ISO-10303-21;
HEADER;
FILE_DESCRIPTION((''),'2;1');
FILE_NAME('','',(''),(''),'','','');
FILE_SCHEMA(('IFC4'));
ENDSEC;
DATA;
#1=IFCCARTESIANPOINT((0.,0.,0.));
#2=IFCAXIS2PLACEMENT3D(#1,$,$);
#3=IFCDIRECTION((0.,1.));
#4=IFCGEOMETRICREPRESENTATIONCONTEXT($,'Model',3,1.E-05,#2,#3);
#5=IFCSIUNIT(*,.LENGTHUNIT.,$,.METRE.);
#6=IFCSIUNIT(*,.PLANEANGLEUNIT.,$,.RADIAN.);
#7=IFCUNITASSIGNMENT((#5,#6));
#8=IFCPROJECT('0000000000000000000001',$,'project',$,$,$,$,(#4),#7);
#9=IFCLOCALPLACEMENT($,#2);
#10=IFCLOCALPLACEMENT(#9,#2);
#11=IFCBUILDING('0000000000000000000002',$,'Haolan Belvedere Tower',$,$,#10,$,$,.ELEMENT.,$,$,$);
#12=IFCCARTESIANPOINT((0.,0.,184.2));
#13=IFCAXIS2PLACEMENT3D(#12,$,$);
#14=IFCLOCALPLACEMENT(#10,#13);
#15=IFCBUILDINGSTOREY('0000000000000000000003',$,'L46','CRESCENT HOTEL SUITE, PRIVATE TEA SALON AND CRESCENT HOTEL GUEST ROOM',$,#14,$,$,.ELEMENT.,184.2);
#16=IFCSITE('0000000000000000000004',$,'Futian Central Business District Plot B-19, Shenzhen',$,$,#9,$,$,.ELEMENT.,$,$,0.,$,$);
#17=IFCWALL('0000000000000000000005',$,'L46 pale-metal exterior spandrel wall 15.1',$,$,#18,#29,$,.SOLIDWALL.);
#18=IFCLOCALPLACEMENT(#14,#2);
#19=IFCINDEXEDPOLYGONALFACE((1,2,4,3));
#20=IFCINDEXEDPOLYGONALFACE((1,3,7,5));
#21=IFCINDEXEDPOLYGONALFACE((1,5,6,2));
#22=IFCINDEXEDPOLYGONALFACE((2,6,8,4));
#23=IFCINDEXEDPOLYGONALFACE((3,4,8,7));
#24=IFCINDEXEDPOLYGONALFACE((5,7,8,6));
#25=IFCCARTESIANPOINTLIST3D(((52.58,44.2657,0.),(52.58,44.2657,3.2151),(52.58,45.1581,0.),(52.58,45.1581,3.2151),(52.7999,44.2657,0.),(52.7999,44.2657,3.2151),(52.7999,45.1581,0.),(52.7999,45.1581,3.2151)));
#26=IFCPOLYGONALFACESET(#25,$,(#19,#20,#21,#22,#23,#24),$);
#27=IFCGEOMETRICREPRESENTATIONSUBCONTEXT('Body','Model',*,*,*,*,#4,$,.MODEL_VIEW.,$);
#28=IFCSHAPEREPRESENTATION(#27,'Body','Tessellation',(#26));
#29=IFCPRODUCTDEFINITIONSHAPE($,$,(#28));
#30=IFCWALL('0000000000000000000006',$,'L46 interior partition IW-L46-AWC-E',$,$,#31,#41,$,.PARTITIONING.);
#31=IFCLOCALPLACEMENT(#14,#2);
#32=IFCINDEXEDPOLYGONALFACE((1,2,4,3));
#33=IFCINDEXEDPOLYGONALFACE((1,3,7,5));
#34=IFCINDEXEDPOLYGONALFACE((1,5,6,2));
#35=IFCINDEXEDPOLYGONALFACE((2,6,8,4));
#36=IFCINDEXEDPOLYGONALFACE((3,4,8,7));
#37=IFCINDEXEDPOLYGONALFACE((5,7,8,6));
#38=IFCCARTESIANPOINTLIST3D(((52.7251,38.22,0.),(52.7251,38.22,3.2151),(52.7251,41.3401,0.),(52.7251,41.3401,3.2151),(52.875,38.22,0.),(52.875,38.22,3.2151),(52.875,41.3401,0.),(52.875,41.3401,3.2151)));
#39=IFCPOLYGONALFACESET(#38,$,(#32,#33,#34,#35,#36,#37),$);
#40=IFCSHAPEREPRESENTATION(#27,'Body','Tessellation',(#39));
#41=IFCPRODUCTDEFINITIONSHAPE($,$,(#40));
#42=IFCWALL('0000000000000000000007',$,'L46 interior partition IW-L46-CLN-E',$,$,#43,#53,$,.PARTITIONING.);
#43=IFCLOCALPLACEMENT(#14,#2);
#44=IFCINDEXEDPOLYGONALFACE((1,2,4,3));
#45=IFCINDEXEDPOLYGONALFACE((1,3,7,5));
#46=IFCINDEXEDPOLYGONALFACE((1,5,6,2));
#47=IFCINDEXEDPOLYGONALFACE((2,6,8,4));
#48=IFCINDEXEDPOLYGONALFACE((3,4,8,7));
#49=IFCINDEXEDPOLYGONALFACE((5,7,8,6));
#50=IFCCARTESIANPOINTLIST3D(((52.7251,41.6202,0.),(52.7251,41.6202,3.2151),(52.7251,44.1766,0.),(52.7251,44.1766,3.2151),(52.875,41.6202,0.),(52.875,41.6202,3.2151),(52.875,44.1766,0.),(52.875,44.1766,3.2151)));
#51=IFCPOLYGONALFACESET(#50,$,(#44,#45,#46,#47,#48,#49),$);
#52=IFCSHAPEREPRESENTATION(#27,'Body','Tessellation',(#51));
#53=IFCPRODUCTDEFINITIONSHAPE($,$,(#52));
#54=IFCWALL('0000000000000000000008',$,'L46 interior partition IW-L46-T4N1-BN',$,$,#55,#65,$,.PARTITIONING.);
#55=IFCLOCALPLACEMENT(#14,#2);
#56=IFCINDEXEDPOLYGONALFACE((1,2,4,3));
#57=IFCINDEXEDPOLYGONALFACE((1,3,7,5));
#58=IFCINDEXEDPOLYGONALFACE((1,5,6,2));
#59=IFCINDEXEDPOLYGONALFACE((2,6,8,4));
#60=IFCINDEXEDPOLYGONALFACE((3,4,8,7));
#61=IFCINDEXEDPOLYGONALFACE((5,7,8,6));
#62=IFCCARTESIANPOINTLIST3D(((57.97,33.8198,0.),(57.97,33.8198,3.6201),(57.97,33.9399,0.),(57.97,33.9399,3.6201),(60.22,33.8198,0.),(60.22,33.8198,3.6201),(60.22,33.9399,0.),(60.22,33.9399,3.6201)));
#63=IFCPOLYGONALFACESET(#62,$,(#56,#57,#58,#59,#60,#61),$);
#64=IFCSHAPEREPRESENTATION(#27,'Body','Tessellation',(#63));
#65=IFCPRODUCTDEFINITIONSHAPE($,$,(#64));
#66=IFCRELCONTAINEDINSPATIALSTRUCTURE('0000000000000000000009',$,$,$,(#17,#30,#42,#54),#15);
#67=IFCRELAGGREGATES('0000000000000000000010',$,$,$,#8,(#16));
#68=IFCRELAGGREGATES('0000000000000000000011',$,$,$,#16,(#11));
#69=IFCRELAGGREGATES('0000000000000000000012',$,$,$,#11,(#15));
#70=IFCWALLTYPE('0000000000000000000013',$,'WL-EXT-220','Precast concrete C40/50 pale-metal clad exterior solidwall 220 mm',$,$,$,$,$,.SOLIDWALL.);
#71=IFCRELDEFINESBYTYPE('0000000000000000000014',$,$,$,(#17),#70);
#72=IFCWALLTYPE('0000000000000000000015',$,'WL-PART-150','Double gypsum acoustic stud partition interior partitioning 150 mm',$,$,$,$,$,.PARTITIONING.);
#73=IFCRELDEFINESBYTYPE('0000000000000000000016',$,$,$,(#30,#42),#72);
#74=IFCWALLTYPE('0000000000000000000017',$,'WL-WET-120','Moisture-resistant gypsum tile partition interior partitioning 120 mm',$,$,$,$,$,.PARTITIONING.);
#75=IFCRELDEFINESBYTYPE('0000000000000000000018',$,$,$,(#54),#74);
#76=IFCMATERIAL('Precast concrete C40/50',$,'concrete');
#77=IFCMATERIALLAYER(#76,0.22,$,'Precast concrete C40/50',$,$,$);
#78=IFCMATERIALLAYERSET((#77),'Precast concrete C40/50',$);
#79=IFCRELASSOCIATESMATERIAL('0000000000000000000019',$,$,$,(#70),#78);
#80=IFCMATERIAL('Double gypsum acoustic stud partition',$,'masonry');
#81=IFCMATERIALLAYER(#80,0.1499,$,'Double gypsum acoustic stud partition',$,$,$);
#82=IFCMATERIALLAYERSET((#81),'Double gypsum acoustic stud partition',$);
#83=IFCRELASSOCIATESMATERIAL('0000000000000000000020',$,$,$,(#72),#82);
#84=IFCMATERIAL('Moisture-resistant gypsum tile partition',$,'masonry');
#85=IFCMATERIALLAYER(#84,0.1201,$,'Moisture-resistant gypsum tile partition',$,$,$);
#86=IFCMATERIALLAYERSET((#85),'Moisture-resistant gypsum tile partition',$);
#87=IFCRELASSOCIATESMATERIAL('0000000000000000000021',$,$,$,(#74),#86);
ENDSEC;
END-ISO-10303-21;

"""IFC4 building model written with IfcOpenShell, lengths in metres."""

from ifc_helpers import new_model, si_unit, direction, frame, frame_2d, origin, place, context, subcontext, project, spatial, rectangle, extrude, material, layer, layer_set, type_object, element, save


model = new_model("IFC4")

# Units and contexts
model_context = context("Model", 3, precision=1e-05, world=origin(), true_north=direction((0.0, 1.0)))
body_context = subcontext(model_context, "Body", "Model", "MODEL_VIEW")
ifc_project = project(units=[si_unit("LENGTHUNIT", "METRE"), si_unit("PLANEANGLEUNIT", "RADIAN")], contexts=[model_context])

# Site, building, storey
site_placement = place(None, origin())
site = spatial("IfcSite", under=ifc_project, at=site_placement, Name="Futian Central Business District Plot B-19, Shenzhen", CompositionType="ELEMENT", RefElevation=0.0)
building_placement = place(site_placement, origin())
building = spatial("IfcBuilding", under=site, at=building_placement, Name="Haolan Belvedere Tower", CompositionType="ELEMENT")
storey_placement = place(building_placement, frame((0.0, 0.0, 184.2)))
storey = spatial("IfcBuildingStorey", under=building, at=storey_placement, Name="L46", Description="CRESCENT HOTEL SUITE, PRIVATE TEA SALON AND CRESCENT HOTEL GUEST ROOM", CompositionType="ELEMENT", Elevation=184.2)

# Shared definitions
ifc_material_1 = material(Name="Precast concrete C40/50", Category="concrete")
ifc_layer_1 = layer(ifc_material_1, 0.22, Name="Precast concrete C40/50")
ifc_layer_set_1 = layer_set([ifc_layer_1], Name="Precast concrete C40/50")
wall_type_1 = type_object("IfcWallType", Name="WL-EXT-220", Description="Precast concrete C40/50 pale-metal clad exterior solidwall 220 mm", PredefinedType="SOLIDWALL", material=ifc_layer_set_1)

# Walls
wall_1_placement = place(storey_placement, frame((52.6899, 44.2656, 0.0), z_axis=(0.0, 0.0, 1.0), x_axis=(0.0, 1.0, 0.0)))
element("IfcWall", 1, at=wall_1_placement, inside=storey, type_object=wall_type_1, Name="L46 pale-metal exterior spandrel wall 15.1", PredefinedType="SOLIDWALL", context=body_context, shape_type="SweptSolid", body=[
    extrude(rectangle(XDim=0.8923, YDim=0.22, at=frame_2d((0.4463, 0.0))), origin(), (0.0, 0.0, 1.0), 3.2151),
])
ifc_material_2 = material(Name="Double gypsum acoustic stud partition", Category="masonry")
ifc_layer_2 = layer(ifc_material_2, 0.1499, Name="Double gypsum acoustic stud partition")
ifc_layer_set_2 = layer_set([ifc_layer_2], Name="Double gypsum acoustic stud partition")
wall_type_2 = type_object("IfcWallType", Name="WL-PART-150", Description="Double gypsum acoustic stud partition interior partitioning 150 mm", PredefinedType="PARTITIONING", material=ifc_layer_set_2)
wall_2_placement = place(storey_placement, frame((52.8, 38.22, 0.0), z_axis=(0.0, 0.0, 1.0), x_axis=(0.0, 1.0, 0.0)))
element("IfcWall", 2, at=wall_2_placement, inside=storey, type_object=wall_type_2, Name="L46 interior partition IW-L46-AWC-E", PredefinedType="PARTITIONING", context=body_context, shape_type="SweptSolid", body=[
    extrude(rectangle(XDim=3.1201, YDim=0.1499, at=frame_2d((1.5601, 0.0))), origin(), (0.0, 0.0, 1.0), 3.2151),
])
wall_3_placement = place(storey_placement, frame((52.8, 41.6201, 0.0), z_axis=(0.0, 0.0, 1.0), x_axis=(0.0, 1.0, 0.0)))
element("IfcWall", 3, at=wall_3_placement, inside=storey, type_object=wall_type_2, Name="L46 interior partition IW-L46-CLN-E", PredefinedType="PARTITIONING", context=body_context, shape_type="SweptSolid", body=[
    extrude(rectangle(XDim=2.5564, YDim=0.1499, at=frame_2d((1.2783, 0.0))), origin(), (0.0, 0.0, 1.0), 3.2151),
])
ifc_material_3 = material(Name="Moisture-resistant gypsum tile partition", Category="masonry")
ifc_layer_3 = layer(ifc_material_3, 0.1201, Name="Moisture-resistant gypsum tile partition")
ifc_layer_set_3 = layer_set([ifc_layer_3], Name="Moisture-resistant gypsum tile partition")
wall_type_3 = type_object("IfcWallType", Name="WL-WET-120", Description="Moisture-resistant gypsum tile partition interior partitioning 120 mm", PredefinedType="PARTITIONING", material=ifc_layer_set_3)
wall_4_placement = place(storey_placement, frame((57.97, 33.8799, 0.0), z_axis=(0.0, 0.0, 1.0), x_axis=(1.0, 0.0, 0.0)))
element("IfcWall", 4, at=wall_4_placement, inside=storey, type_object=wall_type_3, Name="L46 interior partition IW-L46-T4N1-BN", PredefinedType="PARTITIONING", context=body_context, shape_type="SweptSolid", body=[
    extrude(rectangle(XDim=2.25, YDim=0.1201, at=frame_2d((1.125, 0.0))), origin(), (0.0, 0.0, 1.0), 3.6201),
])

save(model, "model.ifc")
